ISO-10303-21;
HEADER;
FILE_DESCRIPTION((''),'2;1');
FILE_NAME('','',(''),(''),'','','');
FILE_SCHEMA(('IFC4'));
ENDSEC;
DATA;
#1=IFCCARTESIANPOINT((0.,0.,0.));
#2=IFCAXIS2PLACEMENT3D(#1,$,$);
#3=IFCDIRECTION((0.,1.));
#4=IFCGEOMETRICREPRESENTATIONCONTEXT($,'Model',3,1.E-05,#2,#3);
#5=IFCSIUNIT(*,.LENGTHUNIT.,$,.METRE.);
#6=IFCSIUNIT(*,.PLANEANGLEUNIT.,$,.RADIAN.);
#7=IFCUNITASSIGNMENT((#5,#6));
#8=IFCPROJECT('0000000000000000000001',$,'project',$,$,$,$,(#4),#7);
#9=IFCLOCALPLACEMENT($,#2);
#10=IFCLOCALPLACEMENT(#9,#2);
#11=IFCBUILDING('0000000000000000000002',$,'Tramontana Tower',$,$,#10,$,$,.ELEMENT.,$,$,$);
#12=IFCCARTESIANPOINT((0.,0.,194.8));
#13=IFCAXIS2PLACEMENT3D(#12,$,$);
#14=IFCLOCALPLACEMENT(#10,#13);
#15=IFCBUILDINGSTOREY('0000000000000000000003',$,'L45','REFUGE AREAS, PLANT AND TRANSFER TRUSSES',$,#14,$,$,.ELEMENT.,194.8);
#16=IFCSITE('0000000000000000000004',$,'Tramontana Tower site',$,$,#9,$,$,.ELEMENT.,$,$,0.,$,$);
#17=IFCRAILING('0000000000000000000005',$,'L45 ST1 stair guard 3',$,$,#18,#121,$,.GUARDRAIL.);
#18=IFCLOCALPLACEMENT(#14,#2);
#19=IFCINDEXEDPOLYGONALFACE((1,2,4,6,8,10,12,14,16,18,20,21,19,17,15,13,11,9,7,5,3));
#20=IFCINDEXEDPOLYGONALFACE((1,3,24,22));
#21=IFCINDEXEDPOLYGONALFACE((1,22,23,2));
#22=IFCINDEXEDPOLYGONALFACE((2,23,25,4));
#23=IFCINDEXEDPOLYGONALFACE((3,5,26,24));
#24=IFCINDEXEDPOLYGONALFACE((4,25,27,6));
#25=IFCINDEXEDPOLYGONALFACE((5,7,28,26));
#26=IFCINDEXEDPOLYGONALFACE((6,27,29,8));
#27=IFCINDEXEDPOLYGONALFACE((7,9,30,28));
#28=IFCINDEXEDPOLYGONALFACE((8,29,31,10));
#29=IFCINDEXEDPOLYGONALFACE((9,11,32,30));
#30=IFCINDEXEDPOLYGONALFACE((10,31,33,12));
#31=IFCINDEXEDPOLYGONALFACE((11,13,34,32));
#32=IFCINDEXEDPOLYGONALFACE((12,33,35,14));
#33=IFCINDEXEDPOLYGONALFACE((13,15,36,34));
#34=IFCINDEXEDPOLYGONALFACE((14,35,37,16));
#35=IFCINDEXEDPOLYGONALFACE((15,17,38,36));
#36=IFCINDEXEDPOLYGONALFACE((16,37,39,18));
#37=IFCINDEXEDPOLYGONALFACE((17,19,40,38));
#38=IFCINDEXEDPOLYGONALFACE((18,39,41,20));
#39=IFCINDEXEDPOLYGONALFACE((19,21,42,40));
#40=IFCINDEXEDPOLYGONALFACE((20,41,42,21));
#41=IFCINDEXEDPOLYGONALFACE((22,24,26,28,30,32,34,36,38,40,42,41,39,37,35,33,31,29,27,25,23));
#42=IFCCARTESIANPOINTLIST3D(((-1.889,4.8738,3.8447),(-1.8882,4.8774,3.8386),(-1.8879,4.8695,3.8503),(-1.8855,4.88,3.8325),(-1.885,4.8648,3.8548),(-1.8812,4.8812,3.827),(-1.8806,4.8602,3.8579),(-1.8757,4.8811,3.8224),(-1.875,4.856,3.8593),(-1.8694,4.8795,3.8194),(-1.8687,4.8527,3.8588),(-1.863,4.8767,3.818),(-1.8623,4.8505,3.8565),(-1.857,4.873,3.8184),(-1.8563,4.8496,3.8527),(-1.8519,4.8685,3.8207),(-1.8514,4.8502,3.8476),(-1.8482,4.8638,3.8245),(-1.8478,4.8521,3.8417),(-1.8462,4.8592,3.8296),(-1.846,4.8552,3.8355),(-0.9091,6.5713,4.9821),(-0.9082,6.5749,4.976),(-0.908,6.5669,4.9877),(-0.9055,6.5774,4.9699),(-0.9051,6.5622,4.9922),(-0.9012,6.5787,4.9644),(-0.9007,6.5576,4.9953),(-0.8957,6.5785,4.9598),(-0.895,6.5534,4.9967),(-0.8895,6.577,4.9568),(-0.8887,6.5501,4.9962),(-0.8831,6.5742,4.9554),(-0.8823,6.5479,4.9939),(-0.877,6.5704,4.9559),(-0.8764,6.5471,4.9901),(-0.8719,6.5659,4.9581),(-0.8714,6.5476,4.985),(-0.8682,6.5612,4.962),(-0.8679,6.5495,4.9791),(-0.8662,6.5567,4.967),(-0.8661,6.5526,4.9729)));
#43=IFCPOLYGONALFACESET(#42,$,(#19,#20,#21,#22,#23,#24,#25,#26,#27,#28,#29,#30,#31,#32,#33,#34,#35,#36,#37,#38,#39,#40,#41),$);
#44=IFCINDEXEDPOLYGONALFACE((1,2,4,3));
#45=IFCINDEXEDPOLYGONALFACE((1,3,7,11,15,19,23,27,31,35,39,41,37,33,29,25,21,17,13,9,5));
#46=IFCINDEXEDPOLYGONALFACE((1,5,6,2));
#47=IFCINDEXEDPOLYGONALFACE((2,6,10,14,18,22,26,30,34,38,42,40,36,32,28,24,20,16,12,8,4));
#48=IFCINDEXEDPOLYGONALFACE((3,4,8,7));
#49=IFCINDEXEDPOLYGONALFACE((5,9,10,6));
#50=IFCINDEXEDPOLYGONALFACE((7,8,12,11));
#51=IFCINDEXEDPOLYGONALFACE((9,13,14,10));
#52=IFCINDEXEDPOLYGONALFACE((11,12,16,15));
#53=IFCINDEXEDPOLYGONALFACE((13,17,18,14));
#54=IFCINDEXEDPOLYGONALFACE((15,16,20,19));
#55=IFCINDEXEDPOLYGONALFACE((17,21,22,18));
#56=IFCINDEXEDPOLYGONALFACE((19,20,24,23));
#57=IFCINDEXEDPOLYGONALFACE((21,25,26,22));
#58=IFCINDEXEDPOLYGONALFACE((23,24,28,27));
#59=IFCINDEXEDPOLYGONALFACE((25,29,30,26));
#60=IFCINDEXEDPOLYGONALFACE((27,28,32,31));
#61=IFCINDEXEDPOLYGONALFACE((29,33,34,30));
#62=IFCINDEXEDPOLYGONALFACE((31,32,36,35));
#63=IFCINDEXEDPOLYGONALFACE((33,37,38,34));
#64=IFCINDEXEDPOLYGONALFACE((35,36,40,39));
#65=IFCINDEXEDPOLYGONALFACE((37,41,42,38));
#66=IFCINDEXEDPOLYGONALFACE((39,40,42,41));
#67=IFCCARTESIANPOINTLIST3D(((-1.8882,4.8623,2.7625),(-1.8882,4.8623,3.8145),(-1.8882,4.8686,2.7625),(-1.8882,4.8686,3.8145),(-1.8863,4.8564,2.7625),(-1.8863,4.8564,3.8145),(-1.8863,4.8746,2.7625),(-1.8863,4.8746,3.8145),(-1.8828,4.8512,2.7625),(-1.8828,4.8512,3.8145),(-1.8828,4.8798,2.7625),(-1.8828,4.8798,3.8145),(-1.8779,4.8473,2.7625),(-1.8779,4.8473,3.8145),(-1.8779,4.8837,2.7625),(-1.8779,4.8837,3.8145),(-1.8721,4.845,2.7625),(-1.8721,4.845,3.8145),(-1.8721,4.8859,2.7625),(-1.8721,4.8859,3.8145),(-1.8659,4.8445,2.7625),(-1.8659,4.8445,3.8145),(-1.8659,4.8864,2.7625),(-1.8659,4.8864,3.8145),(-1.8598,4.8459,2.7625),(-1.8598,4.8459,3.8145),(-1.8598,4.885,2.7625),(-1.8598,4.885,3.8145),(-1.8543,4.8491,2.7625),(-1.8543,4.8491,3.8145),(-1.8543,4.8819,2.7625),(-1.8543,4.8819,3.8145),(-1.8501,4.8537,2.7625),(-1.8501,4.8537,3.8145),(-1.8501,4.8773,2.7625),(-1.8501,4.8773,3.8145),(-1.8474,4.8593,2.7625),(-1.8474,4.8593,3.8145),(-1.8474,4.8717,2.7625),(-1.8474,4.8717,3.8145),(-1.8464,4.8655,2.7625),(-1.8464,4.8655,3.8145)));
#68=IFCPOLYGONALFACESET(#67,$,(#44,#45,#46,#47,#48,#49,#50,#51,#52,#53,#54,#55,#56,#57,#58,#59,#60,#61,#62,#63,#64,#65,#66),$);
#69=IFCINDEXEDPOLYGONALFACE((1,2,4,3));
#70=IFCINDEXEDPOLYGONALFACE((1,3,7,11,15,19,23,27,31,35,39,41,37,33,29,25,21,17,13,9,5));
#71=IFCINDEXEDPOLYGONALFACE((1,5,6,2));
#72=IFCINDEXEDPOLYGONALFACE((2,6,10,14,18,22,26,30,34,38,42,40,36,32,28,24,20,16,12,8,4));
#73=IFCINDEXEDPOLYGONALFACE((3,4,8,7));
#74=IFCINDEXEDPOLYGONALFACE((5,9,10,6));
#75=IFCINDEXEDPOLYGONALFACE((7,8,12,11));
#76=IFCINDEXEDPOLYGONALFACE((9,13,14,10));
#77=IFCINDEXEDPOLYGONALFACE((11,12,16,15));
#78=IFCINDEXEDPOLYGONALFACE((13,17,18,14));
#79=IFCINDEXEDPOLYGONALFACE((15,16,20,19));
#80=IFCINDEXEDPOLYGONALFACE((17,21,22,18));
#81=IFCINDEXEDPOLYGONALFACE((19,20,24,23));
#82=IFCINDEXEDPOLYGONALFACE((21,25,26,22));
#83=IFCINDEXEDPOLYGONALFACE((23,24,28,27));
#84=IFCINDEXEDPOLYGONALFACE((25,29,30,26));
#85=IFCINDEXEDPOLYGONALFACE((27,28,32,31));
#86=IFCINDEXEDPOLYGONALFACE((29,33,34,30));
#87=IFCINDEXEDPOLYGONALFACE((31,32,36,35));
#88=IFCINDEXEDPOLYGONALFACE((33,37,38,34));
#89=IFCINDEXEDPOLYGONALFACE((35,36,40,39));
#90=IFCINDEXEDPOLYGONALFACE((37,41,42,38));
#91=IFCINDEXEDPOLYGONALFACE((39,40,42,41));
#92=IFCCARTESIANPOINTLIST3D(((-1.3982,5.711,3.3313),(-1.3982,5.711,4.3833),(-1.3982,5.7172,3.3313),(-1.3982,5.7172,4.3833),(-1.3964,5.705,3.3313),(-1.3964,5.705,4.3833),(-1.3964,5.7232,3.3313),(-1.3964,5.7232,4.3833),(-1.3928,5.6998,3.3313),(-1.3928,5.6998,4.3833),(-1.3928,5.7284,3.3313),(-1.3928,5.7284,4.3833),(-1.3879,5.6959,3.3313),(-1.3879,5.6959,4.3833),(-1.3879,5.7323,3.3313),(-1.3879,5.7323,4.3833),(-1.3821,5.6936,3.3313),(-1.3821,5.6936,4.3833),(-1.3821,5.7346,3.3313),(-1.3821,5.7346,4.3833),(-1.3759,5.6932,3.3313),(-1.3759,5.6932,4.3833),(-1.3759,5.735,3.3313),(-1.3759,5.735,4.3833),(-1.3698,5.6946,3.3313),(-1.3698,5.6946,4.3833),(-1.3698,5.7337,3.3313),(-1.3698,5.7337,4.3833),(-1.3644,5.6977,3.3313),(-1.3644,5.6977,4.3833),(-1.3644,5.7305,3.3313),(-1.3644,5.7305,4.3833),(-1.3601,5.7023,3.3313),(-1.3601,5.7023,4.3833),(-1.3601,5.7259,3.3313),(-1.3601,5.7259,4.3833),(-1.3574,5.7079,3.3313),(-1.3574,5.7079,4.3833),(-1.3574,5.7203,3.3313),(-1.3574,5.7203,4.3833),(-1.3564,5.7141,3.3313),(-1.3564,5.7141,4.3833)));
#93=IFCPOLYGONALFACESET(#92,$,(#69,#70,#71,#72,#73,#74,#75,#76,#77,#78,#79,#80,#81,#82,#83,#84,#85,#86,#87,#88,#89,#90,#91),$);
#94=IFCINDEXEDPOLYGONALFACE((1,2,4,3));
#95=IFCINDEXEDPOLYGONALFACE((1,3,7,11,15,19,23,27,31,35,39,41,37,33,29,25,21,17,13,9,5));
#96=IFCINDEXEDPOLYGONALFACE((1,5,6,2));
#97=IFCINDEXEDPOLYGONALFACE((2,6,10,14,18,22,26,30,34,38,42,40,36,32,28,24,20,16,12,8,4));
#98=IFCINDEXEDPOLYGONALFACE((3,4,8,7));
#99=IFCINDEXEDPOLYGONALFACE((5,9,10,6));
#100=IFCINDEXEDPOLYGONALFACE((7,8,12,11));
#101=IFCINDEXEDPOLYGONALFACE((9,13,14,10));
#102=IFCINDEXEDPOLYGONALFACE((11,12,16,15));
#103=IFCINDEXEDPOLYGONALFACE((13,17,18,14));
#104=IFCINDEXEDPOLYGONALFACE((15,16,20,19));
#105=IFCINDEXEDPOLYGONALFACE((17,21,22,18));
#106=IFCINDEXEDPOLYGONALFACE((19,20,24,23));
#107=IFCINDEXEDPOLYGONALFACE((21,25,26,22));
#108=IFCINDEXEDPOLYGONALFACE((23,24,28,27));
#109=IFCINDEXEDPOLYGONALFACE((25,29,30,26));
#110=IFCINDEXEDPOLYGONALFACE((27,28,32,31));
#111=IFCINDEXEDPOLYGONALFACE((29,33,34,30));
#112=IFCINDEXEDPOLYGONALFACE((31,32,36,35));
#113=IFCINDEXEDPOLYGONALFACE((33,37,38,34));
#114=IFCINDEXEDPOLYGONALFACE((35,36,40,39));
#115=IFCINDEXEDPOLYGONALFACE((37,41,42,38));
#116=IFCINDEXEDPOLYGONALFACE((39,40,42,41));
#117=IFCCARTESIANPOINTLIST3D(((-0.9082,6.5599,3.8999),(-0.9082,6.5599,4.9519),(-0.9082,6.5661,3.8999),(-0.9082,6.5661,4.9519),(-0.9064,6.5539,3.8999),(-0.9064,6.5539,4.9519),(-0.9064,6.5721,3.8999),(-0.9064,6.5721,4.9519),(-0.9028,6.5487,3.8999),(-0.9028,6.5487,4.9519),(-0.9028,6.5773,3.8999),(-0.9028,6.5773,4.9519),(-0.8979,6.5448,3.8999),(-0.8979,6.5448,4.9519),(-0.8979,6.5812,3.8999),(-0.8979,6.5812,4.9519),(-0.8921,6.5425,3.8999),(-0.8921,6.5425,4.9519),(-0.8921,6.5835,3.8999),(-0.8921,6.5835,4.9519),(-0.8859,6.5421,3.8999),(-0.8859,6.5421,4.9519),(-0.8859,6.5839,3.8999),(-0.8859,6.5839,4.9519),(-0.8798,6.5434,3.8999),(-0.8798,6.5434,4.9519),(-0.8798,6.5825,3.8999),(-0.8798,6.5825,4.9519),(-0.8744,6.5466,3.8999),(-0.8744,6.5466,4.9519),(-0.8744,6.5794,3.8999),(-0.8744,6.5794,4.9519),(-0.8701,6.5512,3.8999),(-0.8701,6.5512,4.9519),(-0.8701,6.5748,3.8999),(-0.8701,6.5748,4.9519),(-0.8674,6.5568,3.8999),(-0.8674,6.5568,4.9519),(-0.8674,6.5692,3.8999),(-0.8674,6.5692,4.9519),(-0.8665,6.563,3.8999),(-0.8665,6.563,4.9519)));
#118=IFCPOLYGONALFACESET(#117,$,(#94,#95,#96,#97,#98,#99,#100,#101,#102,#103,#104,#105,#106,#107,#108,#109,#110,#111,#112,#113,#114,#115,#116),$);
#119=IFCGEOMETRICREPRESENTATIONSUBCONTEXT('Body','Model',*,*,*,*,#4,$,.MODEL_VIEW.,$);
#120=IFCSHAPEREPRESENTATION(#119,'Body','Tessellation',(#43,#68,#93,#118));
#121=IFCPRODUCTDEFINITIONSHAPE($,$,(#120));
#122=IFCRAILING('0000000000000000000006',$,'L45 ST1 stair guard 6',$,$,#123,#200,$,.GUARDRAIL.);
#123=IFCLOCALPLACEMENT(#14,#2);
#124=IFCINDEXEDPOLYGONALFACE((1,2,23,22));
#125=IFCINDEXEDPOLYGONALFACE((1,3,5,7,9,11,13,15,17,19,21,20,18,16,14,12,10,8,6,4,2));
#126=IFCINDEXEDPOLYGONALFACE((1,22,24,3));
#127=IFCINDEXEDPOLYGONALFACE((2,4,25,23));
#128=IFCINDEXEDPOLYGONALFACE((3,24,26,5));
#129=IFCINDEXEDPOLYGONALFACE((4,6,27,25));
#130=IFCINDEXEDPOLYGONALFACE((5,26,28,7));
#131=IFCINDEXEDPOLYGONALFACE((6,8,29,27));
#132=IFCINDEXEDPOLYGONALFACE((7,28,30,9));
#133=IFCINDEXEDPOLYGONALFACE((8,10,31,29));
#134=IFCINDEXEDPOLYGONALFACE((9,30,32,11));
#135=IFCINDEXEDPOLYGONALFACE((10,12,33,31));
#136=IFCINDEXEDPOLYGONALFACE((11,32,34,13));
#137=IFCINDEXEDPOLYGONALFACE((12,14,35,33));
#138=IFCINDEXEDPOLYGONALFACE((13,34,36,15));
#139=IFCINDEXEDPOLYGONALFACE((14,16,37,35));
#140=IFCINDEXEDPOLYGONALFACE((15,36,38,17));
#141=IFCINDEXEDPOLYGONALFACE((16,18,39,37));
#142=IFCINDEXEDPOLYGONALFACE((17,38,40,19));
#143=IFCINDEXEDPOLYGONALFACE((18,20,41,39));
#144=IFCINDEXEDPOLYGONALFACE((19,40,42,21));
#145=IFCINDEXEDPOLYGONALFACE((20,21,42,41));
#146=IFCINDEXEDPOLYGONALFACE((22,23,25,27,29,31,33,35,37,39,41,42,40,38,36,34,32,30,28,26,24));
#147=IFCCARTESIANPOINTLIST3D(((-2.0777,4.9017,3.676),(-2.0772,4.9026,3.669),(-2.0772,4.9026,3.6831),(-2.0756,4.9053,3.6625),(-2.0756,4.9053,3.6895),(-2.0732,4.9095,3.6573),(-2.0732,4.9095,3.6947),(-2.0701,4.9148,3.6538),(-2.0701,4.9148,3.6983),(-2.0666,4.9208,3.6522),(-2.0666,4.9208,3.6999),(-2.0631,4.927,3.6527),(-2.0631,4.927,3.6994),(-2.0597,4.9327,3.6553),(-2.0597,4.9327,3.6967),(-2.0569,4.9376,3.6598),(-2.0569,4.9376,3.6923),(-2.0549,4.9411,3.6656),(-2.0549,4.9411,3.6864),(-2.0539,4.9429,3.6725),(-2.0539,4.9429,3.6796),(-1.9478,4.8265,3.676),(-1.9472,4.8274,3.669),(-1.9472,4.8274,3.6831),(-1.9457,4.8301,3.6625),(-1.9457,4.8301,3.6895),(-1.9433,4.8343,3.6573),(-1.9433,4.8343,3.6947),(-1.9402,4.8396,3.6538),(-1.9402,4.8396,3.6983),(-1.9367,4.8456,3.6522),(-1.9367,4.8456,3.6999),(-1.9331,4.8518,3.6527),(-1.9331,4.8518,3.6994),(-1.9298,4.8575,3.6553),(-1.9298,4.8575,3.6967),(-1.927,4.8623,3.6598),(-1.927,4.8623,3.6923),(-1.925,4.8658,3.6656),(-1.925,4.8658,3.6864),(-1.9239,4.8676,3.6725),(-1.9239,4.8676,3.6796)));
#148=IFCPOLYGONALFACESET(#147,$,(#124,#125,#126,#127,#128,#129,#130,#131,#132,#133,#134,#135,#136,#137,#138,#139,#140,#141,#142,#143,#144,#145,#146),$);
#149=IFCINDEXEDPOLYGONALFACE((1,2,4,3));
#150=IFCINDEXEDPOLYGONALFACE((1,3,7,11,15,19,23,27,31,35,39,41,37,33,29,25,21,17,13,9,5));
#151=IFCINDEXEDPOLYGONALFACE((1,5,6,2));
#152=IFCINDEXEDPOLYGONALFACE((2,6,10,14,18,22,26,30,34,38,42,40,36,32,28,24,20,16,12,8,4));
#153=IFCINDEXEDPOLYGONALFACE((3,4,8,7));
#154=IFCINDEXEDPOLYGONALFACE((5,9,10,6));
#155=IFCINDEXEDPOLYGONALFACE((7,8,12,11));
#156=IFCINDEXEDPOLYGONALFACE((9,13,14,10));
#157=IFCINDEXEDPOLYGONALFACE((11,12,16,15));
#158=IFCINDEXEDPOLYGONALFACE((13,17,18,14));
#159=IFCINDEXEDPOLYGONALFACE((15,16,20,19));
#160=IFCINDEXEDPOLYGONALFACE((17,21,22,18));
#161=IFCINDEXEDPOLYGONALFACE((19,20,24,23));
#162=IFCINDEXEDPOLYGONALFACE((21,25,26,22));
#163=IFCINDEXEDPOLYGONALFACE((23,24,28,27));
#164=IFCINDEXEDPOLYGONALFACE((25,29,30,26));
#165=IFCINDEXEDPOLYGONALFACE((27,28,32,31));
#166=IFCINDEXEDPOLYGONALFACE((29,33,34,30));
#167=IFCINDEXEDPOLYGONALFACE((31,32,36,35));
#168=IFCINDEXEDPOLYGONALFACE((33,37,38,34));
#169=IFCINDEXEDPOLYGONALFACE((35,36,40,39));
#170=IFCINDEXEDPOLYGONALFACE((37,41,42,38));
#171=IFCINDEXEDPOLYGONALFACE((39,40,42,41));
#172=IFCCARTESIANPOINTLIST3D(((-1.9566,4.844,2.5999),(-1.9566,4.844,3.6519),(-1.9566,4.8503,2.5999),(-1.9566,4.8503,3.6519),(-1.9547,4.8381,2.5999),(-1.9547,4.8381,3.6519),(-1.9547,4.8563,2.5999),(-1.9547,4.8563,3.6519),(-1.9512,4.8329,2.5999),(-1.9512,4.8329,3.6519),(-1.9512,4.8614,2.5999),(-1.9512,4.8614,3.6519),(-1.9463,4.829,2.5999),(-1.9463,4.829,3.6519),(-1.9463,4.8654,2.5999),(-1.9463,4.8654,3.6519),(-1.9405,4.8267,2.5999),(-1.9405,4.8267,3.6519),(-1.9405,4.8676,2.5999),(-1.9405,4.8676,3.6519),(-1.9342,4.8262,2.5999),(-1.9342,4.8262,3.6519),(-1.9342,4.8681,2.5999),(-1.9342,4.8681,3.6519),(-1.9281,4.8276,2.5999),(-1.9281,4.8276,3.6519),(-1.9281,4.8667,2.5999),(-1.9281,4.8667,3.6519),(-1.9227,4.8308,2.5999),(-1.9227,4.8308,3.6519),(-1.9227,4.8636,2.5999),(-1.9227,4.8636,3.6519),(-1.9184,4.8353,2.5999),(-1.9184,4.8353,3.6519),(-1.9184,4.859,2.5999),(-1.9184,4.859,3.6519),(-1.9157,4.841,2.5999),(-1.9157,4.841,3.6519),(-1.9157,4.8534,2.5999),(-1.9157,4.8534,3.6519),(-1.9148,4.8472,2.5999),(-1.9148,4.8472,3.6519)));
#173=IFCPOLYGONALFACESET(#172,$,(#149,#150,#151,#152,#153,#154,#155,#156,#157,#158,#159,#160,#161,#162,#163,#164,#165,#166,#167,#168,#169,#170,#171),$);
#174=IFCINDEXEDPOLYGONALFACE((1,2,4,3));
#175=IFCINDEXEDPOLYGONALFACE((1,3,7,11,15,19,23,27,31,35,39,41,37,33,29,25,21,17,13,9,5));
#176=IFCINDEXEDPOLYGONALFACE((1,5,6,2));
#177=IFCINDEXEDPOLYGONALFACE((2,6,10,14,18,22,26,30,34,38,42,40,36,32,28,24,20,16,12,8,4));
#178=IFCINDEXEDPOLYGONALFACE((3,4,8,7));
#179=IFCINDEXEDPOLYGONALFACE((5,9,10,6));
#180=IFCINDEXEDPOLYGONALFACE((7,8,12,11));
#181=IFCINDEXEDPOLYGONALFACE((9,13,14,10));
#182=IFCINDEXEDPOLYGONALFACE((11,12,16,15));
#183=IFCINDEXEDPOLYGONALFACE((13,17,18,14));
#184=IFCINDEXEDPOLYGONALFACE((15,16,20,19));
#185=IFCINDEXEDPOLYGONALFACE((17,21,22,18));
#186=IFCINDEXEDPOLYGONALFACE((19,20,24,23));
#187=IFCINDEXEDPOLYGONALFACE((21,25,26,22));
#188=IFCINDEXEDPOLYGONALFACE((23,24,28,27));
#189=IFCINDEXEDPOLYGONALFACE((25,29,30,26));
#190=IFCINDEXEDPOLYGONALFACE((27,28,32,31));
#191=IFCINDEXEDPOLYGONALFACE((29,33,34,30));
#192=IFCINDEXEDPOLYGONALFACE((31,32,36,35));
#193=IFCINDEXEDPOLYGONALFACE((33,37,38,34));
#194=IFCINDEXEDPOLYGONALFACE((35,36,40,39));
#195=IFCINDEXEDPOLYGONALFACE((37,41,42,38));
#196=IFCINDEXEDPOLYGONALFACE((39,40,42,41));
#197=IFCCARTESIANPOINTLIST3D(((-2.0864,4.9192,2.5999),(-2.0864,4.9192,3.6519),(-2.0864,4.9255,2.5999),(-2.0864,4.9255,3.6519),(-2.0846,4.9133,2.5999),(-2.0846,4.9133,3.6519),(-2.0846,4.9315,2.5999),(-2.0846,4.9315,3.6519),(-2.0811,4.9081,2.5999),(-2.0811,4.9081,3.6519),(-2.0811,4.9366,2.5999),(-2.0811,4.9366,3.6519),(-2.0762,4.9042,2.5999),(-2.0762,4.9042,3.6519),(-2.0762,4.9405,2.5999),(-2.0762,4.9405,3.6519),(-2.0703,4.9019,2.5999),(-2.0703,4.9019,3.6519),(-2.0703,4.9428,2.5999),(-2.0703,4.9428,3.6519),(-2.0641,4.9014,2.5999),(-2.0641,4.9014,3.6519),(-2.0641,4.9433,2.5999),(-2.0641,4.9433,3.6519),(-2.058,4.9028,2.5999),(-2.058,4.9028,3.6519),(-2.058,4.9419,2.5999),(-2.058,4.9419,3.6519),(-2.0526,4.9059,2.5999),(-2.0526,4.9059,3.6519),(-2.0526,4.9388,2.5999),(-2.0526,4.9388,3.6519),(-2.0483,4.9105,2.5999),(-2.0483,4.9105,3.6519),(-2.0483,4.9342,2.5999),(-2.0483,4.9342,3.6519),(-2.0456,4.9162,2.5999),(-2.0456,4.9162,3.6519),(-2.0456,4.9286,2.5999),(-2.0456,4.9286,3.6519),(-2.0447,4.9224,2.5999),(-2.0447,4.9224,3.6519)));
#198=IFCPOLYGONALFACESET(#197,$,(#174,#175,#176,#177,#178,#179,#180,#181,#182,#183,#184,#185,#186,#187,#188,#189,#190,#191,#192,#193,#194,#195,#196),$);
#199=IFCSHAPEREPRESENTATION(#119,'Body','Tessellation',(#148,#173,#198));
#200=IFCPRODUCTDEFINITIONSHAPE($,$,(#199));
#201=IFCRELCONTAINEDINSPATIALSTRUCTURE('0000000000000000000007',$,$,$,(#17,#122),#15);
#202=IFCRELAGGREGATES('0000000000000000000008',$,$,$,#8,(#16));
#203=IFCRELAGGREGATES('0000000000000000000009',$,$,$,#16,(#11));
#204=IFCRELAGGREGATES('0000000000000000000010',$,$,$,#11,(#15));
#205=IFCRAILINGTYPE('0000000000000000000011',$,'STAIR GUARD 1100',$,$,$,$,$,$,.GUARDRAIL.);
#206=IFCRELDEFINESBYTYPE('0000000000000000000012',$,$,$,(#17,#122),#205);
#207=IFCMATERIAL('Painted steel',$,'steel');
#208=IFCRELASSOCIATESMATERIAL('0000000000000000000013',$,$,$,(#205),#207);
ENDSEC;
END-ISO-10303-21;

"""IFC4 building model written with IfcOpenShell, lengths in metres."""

from ifc_helpers import new_model, si_unit, direction, frame, origin, origin_2d, place, context, subcontext, project, spatial, circle, extrude, material, type_object, element, save


model = new_model("IFC4")

# Units and contexts
model_context = context("Model", 3, precision=1e-05, world=origin(), true_north=direction((0.0, 1.0)))
body_context = subcontext(model_context, "Body", "Model", "MODEL_VIEW")
ifc_project = project(units=[si_unit("LENGTHUNIT", "METRE"), si_unit("PLANEANGLEUNIT", "RADIAN")], contexts=[model_context])

# Site, building, storey
site_placement = place(None, origin())
site = spatial("IfcSite", under=ifc_project, at=site_placement, Name="Tramontana Tower site", CompositionType="ELEMENT", RefElevation=0.0)
building_placement = place(site_placement, origin())
building = spatial("IfcBuilding", under=site, at=building_placement, Name="Tramontana Tower", CompositionType="ELEMENT")
storey_placement = place(building_placement, frame((0.0, 0.0, 194.8)))
storey = spatial("IfcBuildingStorey", under=building, at=storey_placement, Name="L45", Description="REFUGE AREAS, PLANT AND TRANSFER TRUSSES", CompositionType="ELEMENT", Elevation=194.8)

# Railings
ifc_material_1 = material(Name="Painted steel", Category="steel")
railing_type_1 = type_object("IfcRailingType", Name="STAIR GUARD 1100", PredefinedType="GUARDRAIL", material=ifc_material_1)
railing_1_placement = place(storey_placement, frame((-1.8674, 4.8655, 2.7625)))
element("IfcRailing", 1, at=railing_1_placement, inside=storey, type_object=railing_type_1, Name="L45 ST1 stair guard 3", PredefinedType="GUARDRAIL", context=body_context, shape_type="SweptSolid", body=[
    extrude(circle(Radius=0.0239, at=origin_2d()), frame((0.0, 0.0, 1.0762), z_axis=(0.432432, 0.749053, 0.501918), x_axis=(-0.866042, 0.49997, 0.0)), (0.0, 0.0, 1.0), 2.2661),
    extrude(circle(Radius=0.021, at=origin_2d()), origin(), (0.0, 0.0, 1.0), 1.052),
    extrude(circle(Radius=0.021, at=origin_2d()), frame((0.49, 0.8486, 0.5688)), (0.0, 0.0, 1.0), 1.052),
    extrude(circle(Radius=0.021, at=origin_2d()), frame((0.98, 1.6975, 1.1375)), (0.0, 0.0, 1.0), 1.052),
])
for number, where, name in (
    (2, (-1.9358, 4.8472, 2.5999), "L45 ST1 stair guard 6"),
):
    element("IfcRailing", number, at=place(storey_placement, frame(where)), inside=storey, type_object=railing_type_1, Name=name, PredefinedType="GUARDRAIL", context=body_context, shape_type="SweptSolid", body=[
        extrude(circle(Radius=0.0239, at=origin_2d()), frame((0.0, 0.0, 1.0762), z_axis=(-0.865426, 0.501036, 0.0), x_axis=(-0.501036, -0.865426, 0.0)), (0.0, 0.0, 1.0), 0.1501),
        extrude(circle(Radius=0.021, at=origin_2d()), origin(), (0.0, 0.0, 1.0), 1.052),
        extrude(circle(Radius=0.021, at=origin_2d()), frame((-0.1299, 0.0752, 0.0)), (0.0, 0.0, 1.0), 1.052),
    ])

save(model, "model.ifc")
